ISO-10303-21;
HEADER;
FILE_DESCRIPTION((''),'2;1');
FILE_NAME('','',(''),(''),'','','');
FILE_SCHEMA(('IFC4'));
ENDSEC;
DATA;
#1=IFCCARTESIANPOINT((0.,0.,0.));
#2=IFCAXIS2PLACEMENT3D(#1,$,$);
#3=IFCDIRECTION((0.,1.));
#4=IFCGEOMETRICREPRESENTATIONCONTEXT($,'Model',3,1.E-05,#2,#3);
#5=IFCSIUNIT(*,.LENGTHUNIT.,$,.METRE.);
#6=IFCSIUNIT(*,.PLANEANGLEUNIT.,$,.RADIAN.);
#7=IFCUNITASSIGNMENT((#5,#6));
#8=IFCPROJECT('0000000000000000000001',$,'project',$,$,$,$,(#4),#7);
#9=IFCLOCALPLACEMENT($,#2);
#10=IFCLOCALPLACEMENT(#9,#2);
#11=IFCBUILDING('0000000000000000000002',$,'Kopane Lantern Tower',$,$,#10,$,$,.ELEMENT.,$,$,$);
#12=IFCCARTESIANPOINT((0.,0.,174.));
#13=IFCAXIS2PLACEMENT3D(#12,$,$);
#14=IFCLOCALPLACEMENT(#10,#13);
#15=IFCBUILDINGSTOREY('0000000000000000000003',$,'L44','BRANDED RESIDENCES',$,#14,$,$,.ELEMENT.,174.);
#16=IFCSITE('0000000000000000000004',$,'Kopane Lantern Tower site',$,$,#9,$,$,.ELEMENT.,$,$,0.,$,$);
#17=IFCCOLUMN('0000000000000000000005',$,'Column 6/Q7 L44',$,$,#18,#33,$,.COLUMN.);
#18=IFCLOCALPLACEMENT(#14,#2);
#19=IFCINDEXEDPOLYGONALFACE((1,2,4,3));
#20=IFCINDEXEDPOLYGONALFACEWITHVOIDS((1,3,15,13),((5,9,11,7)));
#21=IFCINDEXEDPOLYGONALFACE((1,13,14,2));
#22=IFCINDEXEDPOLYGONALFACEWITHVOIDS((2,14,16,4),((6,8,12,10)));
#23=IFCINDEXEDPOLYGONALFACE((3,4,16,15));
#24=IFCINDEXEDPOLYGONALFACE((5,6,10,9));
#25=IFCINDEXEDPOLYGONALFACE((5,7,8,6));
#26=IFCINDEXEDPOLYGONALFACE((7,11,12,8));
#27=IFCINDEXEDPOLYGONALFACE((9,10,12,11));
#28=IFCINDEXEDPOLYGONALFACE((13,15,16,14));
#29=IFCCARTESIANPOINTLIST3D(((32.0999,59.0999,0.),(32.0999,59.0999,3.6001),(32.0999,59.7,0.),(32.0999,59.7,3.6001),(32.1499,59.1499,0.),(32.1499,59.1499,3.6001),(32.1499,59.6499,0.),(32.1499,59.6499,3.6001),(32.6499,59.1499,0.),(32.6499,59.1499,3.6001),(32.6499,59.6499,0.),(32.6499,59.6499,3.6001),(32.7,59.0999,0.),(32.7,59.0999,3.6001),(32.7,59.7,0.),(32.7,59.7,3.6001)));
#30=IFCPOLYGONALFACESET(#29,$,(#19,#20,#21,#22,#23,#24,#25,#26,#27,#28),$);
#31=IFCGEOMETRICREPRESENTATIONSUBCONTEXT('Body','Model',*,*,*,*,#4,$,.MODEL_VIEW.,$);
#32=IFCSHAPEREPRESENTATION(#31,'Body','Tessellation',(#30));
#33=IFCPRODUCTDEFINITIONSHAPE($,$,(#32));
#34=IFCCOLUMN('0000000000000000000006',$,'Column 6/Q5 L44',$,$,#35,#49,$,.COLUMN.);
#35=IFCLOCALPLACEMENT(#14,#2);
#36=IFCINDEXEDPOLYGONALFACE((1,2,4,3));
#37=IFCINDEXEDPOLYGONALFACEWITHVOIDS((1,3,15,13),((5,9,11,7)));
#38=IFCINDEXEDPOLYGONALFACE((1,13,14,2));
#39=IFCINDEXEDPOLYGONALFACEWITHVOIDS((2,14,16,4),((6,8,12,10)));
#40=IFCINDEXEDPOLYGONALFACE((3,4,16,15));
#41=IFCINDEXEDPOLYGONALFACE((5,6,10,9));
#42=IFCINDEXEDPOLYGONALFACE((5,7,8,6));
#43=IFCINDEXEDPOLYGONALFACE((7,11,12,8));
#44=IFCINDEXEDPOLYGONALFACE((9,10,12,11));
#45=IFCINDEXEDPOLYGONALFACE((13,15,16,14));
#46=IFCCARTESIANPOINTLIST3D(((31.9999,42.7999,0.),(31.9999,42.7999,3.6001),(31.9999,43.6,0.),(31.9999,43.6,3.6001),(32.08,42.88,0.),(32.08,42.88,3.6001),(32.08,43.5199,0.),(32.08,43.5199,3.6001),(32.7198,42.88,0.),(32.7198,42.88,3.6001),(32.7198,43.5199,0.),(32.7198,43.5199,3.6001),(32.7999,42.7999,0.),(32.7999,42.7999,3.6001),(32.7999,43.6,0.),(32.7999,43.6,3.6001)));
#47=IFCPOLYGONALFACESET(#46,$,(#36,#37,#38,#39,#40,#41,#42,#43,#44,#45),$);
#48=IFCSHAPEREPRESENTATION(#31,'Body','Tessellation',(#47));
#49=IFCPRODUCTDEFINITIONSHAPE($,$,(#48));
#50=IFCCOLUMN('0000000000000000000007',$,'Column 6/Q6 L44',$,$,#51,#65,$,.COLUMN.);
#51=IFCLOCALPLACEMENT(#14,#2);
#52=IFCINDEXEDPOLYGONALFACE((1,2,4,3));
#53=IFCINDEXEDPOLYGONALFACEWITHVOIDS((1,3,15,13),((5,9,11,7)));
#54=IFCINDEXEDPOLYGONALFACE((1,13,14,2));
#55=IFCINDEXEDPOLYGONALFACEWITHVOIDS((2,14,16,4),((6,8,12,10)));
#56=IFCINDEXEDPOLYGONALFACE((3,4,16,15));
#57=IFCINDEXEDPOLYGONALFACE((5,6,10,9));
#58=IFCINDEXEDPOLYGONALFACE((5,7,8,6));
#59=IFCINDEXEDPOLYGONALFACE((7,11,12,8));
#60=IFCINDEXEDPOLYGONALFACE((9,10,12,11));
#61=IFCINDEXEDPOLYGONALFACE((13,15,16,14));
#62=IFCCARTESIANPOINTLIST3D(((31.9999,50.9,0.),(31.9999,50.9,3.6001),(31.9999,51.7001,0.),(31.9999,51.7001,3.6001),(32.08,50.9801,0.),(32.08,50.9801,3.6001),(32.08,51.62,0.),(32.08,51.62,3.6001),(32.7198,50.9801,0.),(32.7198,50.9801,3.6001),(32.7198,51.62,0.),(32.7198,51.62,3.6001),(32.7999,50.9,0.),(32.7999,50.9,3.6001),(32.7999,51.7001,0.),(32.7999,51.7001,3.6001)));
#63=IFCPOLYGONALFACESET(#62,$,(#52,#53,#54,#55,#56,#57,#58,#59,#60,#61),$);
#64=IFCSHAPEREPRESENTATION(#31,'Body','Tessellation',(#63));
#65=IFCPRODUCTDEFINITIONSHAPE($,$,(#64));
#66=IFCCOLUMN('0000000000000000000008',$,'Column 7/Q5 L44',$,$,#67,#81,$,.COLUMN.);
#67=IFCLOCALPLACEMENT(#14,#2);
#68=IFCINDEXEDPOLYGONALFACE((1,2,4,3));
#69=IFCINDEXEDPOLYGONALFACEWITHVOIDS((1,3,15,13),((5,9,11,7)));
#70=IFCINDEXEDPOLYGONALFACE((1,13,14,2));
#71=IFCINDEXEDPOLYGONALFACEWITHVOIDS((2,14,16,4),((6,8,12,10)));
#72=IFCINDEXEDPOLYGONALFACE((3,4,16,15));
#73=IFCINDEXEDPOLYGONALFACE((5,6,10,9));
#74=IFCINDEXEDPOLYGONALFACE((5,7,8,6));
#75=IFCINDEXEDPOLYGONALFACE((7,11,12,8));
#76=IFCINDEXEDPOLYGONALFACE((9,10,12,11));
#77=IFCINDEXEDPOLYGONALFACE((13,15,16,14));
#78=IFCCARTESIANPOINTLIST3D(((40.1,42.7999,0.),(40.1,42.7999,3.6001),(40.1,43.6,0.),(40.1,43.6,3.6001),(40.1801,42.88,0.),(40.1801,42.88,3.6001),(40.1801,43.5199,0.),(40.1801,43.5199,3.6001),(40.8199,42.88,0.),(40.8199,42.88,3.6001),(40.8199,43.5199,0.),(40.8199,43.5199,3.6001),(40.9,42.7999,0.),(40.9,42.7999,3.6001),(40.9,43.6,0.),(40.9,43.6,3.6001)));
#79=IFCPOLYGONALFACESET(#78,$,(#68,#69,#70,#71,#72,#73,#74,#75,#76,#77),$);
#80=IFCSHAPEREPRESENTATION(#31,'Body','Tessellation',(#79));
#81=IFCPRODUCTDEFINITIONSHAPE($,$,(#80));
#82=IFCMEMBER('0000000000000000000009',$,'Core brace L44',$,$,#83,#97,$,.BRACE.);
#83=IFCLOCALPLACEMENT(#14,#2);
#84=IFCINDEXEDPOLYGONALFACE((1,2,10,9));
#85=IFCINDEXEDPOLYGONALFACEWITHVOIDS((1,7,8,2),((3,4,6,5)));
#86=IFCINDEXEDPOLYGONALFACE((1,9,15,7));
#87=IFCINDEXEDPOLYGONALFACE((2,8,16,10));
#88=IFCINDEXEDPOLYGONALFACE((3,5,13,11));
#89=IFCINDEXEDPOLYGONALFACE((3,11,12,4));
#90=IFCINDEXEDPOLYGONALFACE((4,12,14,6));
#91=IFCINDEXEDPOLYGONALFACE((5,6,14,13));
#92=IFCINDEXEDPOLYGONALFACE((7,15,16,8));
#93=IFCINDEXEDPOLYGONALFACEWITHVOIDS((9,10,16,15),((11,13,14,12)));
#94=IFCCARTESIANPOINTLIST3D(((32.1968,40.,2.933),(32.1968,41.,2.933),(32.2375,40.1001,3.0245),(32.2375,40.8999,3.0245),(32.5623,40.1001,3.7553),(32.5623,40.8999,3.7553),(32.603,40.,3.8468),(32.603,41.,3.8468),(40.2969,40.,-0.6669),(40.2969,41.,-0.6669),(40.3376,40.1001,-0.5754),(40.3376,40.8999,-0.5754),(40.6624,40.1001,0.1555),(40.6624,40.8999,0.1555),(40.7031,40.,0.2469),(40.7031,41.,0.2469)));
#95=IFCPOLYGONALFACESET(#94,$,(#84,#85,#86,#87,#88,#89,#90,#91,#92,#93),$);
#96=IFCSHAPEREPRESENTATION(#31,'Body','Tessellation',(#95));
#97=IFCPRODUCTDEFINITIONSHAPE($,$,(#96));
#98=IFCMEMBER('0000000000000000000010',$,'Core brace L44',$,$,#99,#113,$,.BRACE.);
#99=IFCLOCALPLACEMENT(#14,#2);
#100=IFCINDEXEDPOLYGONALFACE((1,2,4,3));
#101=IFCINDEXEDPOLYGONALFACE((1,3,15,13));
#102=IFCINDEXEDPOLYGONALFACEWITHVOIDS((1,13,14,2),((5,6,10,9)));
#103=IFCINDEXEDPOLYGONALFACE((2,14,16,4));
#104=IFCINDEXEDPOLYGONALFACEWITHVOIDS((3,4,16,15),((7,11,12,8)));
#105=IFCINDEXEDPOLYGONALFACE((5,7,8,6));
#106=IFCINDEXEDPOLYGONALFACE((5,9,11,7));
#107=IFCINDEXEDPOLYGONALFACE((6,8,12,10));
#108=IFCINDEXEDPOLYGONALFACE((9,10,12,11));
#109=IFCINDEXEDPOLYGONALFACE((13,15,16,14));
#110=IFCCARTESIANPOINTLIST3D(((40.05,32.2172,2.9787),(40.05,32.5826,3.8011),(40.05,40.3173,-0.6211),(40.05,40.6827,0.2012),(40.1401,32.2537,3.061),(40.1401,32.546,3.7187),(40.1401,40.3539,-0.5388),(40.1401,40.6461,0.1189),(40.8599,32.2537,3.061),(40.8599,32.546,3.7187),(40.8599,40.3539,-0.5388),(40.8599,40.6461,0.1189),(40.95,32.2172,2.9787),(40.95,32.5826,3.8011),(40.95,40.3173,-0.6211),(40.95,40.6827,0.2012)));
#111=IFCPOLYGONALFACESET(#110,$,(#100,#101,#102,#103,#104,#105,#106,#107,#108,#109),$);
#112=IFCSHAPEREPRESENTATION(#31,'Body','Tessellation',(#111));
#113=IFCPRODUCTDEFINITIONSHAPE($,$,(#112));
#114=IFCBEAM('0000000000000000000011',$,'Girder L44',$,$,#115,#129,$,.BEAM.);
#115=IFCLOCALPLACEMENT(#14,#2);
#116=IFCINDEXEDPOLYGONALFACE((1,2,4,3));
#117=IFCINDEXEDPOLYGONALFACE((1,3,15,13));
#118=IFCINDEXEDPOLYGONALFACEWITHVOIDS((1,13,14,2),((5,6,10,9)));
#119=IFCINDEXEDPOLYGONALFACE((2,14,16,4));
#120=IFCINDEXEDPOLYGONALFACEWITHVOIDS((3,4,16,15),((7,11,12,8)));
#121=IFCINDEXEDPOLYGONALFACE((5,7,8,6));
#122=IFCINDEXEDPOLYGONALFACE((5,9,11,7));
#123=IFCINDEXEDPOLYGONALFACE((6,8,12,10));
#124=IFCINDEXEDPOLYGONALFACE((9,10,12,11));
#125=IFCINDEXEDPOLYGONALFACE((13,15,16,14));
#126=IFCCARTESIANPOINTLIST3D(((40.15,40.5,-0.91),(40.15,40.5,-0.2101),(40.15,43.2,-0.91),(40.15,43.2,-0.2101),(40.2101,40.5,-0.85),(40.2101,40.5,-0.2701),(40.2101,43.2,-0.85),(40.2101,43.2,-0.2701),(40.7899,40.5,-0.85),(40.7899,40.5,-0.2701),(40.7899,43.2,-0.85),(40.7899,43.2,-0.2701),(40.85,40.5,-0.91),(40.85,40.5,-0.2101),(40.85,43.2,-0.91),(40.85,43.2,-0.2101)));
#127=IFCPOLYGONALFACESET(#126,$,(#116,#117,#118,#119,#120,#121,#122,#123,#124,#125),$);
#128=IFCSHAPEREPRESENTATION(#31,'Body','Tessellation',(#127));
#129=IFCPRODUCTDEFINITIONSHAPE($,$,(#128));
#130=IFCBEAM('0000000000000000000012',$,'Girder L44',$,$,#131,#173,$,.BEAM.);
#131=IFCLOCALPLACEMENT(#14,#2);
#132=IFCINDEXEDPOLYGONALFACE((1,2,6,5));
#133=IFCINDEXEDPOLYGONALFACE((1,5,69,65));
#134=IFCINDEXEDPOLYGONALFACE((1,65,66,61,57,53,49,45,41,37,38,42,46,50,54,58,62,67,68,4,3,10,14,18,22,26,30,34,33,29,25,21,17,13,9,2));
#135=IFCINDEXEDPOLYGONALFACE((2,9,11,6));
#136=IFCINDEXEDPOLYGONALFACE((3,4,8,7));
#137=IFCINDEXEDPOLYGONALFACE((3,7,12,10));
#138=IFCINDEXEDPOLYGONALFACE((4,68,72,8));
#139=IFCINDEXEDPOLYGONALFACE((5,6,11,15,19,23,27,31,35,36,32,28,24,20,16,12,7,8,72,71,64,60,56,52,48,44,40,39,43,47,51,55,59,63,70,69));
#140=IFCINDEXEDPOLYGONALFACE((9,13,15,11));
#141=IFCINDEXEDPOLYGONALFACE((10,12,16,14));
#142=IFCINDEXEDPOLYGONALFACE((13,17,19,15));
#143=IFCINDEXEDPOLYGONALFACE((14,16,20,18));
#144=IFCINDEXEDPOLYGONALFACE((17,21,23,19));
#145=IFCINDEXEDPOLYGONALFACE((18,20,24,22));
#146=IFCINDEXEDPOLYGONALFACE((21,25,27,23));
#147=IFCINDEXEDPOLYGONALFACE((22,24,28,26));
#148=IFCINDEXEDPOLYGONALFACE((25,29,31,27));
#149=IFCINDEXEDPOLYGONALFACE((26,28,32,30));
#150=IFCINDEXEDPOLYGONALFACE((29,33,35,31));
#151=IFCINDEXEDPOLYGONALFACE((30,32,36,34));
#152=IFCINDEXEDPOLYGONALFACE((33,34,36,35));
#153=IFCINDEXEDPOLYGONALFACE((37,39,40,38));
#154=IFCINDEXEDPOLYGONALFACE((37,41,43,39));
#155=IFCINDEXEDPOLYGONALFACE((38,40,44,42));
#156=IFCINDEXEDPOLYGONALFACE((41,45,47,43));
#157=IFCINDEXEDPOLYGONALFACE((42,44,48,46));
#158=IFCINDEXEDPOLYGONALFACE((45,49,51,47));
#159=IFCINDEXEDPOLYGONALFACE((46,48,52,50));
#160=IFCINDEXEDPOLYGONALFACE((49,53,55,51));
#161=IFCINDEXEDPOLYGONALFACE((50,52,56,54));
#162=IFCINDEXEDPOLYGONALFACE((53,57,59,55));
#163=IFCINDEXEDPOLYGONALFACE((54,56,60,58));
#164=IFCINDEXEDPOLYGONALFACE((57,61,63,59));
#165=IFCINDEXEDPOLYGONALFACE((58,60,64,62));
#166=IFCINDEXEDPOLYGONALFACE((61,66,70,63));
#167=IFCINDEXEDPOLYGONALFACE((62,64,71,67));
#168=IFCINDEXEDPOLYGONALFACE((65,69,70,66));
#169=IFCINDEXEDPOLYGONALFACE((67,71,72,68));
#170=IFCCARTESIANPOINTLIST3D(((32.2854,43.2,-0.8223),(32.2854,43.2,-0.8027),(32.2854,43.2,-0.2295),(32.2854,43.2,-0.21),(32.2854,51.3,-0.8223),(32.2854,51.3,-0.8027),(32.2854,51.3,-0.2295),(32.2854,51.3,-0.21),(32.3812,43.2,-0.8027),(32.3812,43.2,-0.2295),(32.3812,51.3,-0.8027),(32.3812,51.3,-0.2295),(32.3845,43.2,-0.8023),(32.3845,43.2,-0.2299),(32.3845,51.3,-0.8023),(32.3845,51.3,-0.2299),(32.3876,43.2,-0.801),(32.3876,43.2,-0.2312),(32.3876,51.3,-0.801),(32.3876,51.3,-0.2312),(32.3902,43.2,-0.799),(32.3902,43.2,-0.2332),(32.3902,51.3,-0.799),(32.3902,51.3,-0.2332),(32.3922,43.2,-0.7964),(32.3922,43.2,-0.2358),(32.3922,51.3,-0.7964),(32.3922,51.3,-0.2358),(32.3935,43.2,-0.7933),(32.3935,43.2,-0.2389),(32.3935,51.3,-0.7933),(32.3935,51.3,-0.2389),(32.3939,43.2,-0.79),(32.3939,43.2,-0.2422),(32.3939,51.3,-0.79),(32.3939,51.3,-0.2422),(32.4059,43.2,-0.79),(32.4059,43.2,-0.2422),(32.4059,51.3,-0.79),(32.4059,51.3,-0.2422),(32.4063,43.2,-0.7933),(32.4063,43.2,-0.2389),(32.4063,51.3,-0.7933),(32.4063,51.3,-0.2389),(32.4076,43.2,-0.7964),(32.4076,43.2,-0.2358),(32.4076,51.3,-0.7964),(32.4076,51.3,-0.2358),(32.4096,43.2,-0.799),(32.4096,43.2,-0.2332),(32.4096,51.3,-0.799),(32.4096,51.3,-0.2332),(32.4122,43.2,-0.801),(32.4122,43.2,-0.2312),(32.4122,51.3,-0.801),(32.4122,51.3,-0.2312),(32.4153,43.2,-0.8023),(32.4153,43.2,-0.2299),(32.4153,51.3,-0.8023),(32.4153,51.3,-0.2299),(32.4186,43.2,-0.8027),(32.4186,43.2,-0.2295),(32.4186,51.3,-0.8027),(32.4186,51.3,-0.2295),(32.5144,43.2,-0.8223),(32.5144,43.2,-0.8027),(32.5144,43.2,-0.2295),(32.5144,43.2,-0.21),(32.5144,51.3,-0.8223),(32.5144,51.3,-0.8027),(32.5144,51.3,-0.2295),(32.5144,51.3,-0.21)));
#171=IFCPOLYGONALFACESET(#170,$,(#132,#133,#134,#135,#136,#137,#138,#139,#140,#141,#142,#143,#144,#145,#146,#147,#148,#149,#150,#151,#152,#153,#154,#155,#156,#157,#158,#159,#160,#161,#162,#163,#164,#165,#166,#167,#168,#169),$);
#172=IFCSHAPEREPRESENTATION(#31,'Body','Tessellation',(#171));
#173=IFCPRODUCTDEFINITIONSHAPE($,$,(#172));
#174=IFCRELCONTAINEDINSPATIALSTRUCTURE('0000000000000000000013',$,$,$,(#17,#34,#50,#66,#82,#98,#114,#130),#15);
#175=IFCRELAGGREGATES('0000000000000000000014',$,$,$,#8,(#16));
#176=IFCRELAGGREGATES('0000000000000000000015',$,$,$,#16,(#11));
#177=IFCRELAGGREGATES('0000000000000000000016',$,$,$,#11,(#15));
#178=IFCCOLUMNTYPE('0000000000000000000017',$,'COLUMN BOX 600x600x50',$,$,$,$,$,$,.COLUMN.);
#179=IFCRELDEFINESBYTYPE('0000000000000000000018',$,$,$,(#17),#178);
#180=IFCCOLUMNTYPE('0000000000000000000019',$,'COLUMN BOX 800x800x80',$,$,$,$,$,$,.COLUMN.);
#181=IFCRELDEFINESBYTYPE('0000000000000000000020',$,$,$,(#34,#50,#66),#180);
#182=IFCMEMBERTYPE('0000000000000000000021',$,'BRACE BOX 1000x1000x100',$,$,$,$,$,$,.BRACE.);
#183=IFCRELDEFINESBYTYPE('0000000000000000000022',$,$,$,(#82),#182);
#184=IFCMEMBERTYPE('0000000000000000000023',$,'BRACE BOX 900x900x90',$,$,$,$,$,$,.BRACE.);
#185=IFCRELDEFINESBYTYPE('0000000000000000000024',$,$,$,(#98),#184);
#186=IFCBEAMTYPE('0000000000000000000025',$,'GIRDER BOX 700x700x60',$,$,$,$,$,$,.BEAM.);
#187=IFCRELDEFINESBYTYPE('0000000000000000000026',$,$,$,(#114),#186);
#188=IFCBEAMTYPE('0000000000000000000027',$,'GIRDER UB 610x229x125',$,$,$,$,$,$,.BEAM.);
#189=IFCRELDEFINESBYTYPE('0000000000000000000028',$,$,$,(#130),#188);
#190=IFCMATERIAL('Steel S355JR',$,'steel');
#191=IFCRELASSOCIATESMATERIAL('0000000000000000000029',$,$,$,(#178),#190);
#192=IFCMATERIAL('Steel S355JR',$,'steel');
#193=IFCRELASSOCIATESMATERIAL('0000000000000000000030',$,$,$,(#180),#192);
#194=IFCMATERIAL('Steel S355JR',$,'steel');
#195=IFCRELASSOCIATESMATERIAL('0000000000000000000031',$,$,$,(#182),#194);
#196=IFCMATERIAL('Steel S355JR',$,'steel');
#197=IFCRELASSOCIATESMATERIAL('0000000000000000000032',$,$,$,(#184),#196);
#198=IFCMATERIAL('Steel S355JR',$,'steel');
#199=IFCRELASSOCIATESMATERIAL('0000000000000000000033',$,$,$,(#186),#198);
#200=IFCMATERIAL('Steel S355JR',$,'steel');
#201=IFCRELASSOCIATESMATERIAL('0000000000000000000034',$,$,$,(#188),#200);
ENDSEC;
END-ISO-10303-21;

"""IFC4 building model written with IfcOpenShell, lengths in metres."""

from ifc_helpers import new_model, si_unit, direction, frame, origin, origin_2d, place, context, subcontext, project, spatial, hollow_rectangle, i_section, extrude, material, material_profile, profile_set, type_object, element, save


model = new_model("IFC4")

# Units and contexts
model_context = context("Model", 3, precision=1e-05, world=origin(), true_north=direction((0.0, 1.0)))
body_context = subcontext(model_context, "Body", "Model", "MODEL_VIEW")
ifc_project = project(units=[si_unit("LENGTHUNIT", "METRE"), si_unit("PLANEANGLEUNIT", "RADIAN")], contexts=[model_context])

# Site, building, storey
site_placement = place(None, origin())
site = spatial("IfcSite", under=ifc_project, at=site_placement, Name="Kopane Lantern Tower site", CompositionType="ELEMENT", RefElevation=0.0)
building_placement = place(site_placement, origin())
building = spatial("IfcBuilding", under=site, at=building_placement, Name="Kopane Lantern Tower", CompositionType="ELEMENT")
storey_placement = place(building_placement, frame((0.0, 0.0, 174.0)))
storey = spatial("IfcBuildingStorey", under=building, at=storey_placement, Name="L44", Description="BRANDED RESIDENCES", CompositionType="ELEMENT", Elevation=174.0)

# Columns
ifc_material_1 = material(Name="Steel S355JR", Category="steel")
ifc_material_profile_1 = material_profile(ifc_material_1, hollow_rectangle(XDim=0.6001, YDim=0.6001, WallThickness=0.05, at=origin_2d()), Name="BOX 600x600x50")
ifc_profile_set_1 = profile_set([ifc_material_profile_1], Name="Steel S355JR")
column_type_1 = type_object("IfcColumnType", Name="COLUMN BOX 600x600x50", PredefinedType="COLUMN", material=ifc_profile_set_1)
column_placement = place(storey_placement, frame((32.3999, 59.3999, 0.0), z_axis=(0.0, 0.0, 1.0), x_axis=(1.0, 0.0, 0.0)))
element("IfcColumn", 1, at=column_placement, inside=storey, type_object=column_type_1, Name="Column 6/Q7 L44", PredefinedType="COLUMN", context=body_context, shape_type="SweptSolid", body=[
    extrude(hollow_rectangle(XDim=0.6001, YDim=0.6001, WallThickness=0.05, at=origin_2d()), origin(), (0.0, 0.0, 1.0), 3.6001),
])
ifc_material_2 = material(Name="Steel S355JR", Category="steel")
ifc_material_profile_2 = material_profile(ifc_material_2, hollow_rectangle(XDim=0.8, YDim=0.8, WallThickness=0.0801, at=origin_2d()), Name="BOX 800x800x80")
ifc_profile_set_2 = profile_set([ifc_material_profile_2], Name="Steel S355JR")
column_type_2 = type_object("IfcColumnType", Name="COLUMN BOX 800x800x80", PredefinedType="COLUMN", material=ifc_profile_set_2)
for number, where, z_axis, x_axis, name in (
    (2, (32.3999, 43.2, 0.0), (0.0, 0.0, 1.0), (1.0, 0.0, 0.0), "Column 6/Q5 L44"),
    (3, (32.3999, 51.3, 0.0), (0.0, 0.0, 1.0), (1.0, 0.0, 0.0), "Column 6/Q6 L44"),
    (4, (40.5, 43.2, 0.0), (0.0, 0.0, 1.0), (1.0, 0.0, 0.0), "Column 7/Q5 L44"),
):
    element("IfcColumn", number, at=place(storey_placement, frame(where, z_axis=z_axis, x_axis=x_axis)), inside=storey, type_object=column_type_2, Name=name, PredefinedType="COLUMN", context=body_context, shape_type="SweptSolid", body=[
        extrude(hollow_rectangle(XDim=0.8, YDim=0.8, WallThickness=0.0801, at=origin_2d()), origin(), (0.0, 0.0, 1.0), 3.6001),
    ])

# Members
ifc_material_3 = material(Name="Steel S355JR", Category="steel")
ifc_material_profile_3 = material_profile(ifc_material_3, hollow_rectangle(XDim=1.0, YDim=1.0, WallThickness=0.1001, at=origin_2d()), Name="BOX 1000x1000x100")
ifc_profile_set_3 = profile_set([ifc_material_profile_3], Name="Steel S355JR")
member_type_1 = type_object("IfcMemberType", Name="BRACE BOX 1000x1000x100", PredefinedType="BRACE", material=ifc_profile_set_3)
member_1_placement = place(storey_placement, frame((40.5, 40.5, -0.21), z_axis=(-0.913819, 0.0, 0.406121), x_axis=(0.0, -1.0, 0.0)))
element("IfcMember", 5, at=member_1_placement, inside=storey, type_object=member_type_1, Name="Core brace L44", PredefinedType="BRACE", context=body_context, shape_type="SweptSolid", body=[
    extrude(hollow_rectangle(XDim=1.0, YDim=1.0, WallThickness=0.1001, at=origin_2d()), origin(), (0.0, 0.0, 1.0), 8.864),
])
ifc_material_4 = material(Name="Steel S355JR", Category="steel")
ifc_material_profile_4 = material_profile(ifc_material_4, hollow_rectangle(XDim=0.8999, YDim=0.8999, WallThickness=0.0901, at=origin_2d()), Name="BOX 900x900x90")
ifc_profile_set_4 = profile_set([ifc_material_profile_4], Name="Steel S355JR")
member_type_2 = type_object("IfcMemberType", Name="BRACE BOX 900x900x90", PredefinedType="BRACE", material=ifc_profile_set_4)
member_2_placement = place(storey_placement, frame((40.5, 40.5, -0.21), z_axis=(0.0, -0.913819, 0.406121), x_axis=(1.0, 0.0, 0.0)))
element("IfcMember", 6, at=member_2_placement, inside=storey, type_object=member_type_2, Name="Core brace L44", PredefinedType="BRACE", context=body_context, shape_type="SweptSolid", body=[
    extrude(hollow_rectangle(XDim=0.8999, YDim=0.8999, WallThickness=0.0901, at=origin_2d()), origin(), (0.0, 0.0, 1.0), 8.864),
])

# Beams
ifc_material_5 = material(Name="Steel S355JR", Category="steel")
ifc_material_profile_5 = material_profile(ifc_material_5, hollow_rectangle(XDim=0.7, YDim=0.7, WallThickness=0.0601, at=origin_2d()), Name="BOX 700x700x60")
ifc_profile_set_5 = profile_set([ifc_material_profile_5], Name="Steel S355JR")
beam_type_1 = type_object("IfcBeamType", Name="GIRDER BOX 700x700x60", PredefinedType="BEAM", material=ifc_profile_set_5)
beam_1_placement = place(storey_placement, frame((40.5, 40.5, -0.5601), z_axis=(0.0, 1.0, 0.0), x_axis=(-1.0, 0.0, 0.0)))
element("IfcBeam", 7, at=beam_1_placement, inside=storey, type_object=beam_type_1, Name="Girder L44", PredefinedType="BEAM", context=body_context, shape_type="SweptSolid", body=[
    extrude(hollow_rectangle(XDim=0.7, YDim=0.7, WallThickness=0.0601, at=origin_2d()), origin(), (0.0, 0.0, 1.0), 2.7),
])
ifc_material_6 = material(Name="Steel S355JR", Category="steel")
ifc_material_profile_6 = material_profile(ifc_material_6, i_section(OverallWidth=0.229, OverallDepth=0.6123, WebThickness=0.012, FlangeThickness=0.0195, FilletRadius=0.0127, at=origin_2d()), Name="UB 610x229x125")
ifc_profile_set_6 = profile_set([ifc_material_profile_6], Name="Steel S355JR")
beam_type_2 = type_object("IfcBeamType", Name="GIRDER UB 610x229x125", PredefinedType="BEAM", material=ifc_profile_set_6)
for number, where, z_axis, x_axis, name in (
    (8, (32.3999, 43.2, -0.5161), (0.0, 1.0, 0.0), (-1.0, 0.0, 0.0), "Girder L44"),
):
    element("IfcBeam", number, at=place(storey_placement, frame(where, z_axis=z_axis, x_axis=x_axis)), inside=storey, type_object=beam_type_2, Name=name, PredefinedType="BEAM", context=body_context, shape_type="SweptSolid", body=[
        extrude(i_section(OverallWidth=0.229, OverallDepth=0.6123, WebThickness=0.012, FlangeThickness=0.0195, FilletRadius=0.0127, at=origin_2d()), origin(), (0.0, 0.0, 1.0), 8.1001),
    ])

save(model, "model.ifc")
